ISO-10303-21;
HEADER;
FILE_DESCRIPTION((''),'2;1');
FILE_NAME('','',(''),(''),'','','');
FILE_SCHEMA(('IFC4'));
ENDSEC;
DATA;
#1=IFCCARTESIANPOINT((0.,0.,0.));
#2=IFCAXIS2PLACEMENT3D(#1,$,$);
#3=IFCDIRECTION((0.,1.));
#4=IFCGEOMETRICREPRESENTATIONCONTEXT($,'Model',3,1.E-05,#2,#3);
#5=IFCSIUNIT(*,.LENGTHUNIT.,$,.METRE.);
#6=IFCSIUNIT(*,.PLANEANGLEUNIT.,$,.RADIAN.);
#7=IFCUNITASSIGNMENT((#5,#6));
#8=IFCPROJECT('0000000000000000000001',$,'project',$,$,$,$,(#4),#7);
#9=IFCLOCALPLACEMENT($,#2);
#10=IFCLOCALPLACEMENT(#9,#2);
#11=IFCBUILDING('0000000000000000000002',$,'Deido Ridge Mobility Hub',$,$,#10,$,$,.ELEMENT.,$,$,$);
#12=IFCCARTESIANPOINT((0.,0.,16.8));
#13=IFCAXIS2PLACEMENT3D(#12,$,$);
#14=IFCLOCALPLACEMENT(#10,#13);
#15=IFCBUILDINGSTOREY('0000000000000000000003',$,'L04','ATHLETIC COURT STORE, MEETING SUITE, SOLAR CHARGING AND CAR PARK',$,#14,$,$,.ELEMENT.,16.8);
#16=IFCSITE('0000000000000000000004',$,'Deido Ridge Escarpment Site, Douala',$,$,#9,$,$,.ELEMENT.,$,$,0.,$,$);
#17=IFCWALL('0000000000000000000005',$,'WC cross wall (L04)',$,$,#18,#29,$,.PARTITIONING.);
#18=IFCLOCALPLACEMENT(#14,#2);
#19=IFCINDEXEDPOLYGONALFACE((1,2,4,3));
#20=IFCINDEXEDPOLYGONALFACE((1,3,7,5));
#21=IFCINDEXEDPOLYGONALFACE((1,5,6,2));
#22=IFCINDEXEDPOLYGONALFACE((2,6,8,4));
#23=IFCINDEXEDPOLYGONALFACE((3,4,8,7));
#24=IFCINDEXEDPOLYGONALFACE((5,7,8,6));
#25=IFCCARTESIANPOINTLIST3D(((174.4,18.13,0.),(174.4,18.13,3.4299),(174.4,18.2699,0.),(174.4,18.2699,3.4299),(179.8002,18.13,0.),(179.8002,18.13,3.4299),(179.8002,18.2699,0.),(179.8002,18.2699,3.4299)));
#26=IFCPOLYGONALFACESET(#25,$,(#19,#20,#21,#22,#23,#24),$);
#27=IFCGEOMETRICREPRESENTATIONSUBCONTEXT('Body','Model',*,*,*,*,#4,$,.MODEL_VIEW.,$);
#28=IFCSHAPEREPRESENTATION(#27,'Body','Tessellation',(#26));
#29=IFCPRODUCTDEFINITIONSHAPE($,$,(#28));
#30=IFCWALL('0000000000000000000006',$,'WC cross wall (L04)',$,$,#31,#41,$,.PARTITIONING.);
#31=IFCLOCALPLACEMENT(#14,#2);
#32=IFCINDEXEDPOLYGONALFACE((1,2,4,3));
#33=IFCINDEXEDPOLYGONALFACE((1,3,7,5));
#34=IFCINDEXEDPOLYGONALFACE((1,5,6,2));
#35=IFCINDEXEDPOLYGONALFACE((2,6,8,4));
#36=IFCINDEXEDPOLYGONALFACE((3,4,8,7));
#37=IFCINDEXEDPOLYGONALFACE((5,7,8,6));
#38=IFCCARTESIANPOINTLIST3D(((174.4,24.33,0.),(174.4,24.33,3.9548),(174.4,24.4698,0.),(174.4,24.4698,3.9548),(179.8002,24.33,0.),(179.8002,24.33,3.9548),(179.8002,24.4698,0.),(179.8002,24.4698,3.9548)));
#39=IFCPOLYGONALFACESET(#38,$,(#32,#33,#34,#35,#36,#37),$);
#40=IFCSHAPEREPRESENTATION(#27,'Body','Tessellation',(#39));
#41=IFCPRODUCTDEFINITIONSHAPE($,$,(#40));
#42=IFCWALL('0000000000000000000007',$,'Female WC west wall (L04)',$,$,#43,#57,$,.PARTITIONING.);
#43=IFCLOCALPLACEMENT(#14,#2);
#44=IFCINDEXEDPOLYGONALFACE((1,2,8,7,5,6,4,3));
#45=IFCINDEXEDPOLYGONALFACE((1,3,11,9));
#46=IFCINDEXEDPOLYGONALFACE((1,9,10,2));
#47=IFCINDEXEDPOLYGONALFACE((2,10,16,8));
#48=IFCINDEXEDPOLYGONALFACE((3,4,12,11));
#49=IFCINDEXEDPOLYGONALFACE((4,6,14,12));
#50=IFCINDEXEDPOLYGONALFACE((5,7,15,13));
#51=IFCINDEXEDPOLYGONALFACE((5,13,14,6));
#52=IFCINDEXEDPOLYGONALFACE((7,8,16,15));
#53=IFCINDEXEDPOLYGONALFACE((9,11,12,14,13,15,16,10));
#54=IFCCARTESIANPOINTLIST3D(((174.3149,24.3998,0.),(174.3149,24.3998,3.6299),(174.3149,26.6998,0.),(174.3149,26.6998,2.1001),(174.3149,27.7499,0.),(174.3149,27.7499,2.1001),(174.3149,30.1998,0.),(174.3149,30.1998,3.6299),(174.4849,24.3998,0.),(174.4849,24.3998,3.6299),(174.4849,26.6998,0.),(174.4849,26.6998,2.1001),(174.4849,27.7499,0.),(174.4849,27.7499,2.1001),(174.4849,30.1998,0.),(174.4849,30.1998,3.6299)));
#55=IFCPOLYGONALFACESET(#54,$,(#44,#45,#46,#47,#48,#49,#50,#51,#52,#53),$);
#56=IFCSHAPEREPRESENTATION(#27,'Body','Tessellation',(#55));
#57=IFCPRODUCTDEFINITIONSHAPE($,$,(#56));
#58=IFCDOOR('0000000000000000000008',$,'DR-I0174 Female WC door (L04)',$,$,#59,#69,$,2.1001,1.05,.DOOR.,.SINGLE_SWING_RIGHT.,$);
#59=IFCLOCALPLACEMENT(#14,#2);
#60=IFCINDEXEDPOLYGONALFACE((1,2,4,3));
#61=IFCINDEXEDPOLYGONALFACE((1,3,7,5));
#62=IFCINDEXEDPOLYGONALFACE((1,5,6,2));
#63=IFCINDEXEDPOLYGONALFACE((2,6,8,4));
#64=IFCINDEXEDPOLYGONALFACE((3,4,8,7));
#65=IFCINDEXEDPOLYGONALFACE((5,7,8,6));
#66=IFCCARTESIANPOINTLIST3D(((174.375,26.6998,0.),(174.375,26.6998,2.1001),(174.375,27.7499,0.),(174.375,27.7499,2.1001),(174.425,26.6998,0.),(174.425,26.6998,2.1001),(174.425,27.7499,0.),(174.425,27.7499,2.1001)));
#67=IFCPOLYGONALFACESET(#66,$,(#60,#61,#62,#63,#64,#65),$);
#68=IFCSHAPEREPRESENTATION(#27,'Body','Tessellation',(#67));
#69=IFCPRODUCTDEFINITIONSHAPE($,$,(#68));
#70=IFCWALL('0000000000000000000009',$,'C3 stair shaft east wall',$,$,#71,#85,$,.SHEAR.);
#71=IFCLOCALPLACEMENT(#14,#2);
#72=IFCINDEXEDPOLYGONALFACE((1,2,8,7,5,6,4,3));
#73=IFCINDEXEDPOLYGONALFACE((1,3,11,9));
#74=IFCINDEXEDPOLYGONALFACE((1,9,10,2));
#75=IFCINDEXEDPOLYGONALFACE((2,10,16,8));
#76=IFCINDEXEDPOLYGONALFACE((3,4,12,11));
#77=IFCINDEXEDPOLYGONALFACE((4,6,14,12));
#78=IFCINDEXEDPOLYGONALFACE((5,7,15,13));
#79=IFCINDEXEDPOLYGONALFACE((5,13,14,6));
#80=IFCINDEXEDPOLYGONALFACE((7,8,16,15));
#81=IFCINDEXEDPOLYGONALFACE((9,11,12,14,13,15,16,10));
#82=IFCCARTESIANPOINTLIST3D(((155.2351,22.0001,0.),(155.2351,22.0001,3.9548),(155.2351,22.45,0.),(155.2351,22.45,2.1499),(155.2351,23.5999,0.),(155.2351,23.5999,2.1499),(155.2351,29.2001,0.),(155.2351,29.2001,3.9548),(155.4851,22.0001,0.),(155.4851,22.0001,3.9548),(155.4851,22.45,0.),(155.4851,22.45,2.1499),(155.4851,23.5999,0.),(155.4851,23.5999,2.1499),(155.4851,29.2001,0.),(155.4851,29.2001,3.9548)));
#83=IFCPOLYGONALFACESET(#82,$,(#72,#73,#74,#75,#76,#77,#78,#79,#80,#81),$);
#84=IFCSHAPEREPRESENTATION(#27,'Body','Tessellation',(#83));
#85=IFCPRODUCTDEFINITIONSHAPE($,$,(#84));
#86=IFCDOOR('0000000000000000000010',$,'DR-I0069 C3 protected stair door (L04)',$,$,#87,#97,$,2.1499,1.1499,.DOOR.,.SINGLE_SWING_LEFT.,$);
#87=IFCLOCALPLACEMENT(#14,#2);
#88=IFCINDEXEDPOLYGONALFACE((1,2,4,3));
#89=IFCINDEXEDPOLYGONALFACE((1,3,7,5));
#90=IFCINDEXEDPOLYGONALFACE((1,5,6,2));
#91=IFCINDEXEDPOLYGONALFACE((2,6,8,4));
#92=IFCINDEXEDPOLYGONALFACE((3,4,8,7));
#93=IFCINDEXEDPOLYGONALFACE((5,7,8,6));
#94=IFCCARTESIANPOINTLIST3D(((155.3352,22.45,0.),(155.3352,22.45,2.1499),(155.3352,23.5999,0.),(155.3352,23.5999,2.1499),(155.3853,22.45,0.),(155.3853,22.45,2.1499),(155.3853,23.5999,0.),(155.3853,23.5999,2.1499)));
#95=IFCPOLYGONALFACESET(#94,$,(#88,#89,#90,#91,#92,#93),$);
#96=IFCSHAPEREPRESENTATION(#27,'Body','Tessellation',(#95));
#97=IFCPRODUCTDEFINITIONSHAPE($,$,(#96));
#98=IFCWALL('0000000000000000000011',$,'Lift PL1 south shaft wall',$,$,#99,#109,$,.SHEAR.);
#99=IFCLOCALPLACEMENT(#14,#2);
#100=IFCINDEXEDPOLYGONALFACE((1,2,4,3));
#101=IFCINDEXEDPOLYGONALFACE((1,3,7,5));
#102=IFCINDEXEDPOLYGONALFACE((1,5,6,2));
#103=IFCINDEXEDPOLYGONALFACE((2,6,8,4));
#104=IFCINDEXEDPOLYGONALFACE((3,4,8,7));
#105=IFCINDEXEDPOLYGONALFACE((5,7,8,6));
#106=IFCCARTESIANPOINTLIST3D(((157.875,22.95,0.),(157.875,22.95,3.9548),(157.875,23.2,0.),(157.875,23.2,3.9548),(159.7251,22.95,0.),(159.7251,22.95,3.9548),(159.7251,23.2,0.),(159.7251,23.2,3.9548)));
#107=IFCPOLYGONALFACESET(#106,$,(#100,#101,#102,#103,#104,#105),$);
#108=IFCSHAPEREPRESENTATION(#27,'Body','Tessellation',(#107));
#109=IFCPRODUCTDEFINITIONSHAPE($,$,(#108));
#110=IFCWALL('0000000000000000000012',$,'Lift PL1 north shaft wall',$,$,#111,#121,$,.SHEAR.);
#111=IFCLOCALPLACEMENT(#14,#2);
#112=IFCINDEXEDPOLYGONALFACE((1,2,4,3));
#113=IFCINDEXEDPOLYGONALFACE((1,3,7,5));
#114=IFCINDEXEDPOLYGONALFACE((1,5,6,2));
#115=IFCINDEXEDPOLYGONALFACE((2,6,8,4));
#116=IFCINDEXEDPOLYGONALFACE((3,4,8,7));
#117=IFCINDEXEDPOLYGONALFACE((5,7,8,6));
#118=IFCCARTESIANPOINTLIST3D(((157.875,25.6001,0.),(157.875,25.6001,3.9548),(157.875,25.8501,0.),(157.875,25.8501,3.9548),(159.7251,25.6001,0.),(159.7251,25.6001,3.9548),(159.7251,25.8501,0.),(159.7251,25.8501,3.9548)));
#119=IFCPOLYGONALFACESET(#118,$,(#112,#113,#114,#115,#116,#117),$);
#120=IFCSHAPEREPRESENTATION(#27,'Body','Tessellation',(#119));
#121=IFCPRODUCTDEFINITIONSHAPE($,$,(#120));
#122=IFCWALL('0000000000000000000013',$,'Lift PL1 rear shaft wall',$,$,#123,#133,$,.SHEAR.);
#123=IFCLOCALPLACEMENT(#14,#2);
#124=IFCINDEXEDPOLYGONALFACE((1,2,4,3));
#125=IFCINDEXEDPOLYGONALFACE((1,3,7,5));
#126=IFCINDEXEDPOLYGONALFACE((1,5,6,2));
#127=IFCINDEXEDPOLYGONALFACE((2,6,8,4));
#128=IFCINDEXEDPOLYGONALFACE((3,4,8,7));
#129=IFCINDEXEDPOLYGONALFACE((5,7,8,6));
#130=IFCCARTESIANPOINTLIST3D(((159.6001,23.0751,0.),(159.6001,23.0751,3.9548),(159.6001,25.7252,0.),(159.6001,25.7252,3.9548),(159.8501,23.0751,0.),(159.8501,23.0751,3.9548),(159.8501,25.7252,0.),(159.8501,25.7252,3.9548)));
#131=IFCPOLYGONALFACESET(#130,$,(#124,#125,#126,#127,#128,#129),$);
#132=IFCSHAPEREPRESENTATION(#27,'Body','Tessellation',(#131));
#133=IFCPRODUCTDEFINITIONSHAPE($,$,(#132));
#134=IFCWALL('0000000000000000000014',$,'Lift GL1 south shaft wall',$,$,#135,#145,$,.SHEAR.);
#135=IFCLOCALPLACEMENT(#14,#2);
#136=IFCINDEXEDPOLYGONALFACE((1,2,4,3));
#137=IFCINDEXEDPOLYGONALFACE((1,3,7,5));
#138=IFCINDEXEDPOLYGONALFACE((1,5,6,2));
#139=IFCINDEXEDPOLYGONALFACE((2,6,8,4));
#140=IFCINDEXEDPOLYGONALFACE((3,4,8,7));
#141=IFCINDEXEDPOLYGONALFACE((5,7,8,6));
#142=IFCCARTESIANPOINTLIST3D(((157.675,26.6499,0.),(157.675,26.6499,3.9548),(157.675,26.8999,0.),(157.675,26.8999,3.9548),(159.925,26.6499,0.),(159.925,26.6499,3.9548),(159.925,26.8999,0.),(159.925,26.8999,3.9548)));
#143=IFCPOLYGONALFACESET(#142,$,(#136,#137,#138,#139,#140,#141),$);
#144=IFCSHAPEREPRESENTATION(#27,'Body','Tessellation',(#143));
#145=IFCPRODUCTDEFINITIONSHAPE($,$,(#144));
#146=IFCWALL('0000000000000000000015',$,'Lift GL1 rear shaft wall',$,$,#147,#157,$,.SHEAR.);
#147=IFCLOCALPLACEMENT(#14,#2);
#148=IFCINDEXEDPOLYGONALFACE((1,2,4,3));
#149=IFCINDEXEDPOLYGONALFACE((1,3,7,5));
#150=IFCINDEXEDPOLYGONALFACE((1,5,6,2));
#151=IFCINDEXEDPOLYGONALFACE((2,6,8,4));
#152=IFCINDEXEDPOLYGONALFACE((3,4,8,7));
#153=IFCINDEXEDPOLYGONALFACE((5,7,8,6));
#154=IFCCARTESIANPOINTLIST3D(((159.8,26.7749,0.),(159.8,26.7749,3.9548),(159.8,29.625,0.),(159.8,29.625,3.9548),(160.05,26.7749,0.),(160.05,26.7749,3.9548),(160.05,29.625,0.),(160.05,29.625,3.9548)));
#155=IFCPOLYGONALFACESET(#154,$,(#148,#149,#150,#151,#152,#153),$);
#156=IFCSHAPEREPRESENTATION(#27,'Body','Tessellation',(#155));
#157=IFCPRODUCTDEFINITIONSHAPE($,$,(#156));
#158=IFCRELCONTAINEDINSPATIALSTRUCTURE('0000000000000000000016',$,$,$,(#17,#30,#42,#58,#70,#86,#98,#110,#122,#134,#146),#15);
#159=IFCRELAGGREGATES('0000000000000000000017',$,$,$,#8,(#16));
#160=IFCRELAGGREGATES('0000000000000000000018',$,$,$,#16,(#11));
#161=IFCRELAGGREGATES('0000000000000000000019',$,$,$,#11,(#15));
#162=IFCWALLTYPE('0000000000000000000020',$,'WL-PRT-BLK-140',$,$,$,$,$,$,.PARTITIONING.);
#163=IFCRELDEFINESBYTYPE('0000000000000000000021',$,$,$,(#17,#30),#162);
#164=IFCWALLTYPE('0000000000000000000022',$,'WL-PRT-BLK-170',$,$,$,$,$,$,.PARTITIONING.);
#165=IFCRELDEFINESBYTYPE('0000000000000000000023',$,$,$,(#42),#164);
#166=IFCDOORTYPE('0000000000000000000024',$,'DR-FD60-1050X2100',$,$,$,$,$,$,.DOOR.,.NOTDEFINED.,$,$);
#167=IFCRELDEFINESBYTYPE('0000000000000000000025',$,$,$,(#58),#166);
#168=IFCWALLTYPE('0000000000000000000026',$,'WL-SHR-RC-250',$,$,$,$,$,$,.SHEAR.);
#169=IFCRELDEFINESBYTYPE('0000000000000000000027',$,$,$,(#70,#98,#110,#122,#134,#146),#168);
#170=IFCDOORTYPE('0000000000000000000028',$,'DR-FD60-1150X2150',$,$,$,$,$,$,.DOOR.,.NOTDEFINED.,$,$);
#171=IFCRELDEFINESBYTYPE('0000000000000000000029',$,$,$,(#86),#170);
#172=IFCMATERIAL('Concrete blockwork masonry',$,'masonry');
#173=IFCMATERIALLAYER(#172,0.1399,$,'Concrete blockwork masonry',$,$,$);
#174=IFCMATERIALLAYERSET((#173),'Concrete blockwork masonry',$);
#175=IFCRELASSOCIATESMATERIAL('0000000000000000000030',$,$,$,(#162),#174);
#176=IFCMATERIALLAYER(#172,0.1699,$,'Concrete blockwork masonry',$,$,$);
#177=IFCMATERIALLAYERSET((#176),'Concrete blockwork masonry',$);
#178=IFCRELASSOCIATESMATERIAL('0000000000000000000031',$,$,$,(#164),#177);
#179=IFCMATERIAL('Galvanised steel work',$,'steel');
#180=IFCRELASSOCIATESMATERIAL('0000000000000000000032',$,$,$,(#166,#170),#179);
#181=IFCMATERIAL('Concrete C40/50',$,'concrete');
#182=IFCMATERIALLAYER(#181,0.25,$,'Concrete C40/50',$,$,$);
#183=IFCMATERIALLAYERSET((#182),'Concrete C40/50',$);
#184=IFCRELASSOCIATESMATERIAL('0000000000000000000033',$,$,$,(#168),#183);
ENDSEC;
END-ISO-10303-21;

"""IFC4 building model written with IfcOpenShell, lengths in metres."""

from ifc_helpers import new_model, si_unit, direction, frame, frame_2d, origin, place, context, subcontext, project, spatial, rectangle, extrude, material, layer, layer_set, type_object, element, fill, save


model = new_model("IFC4")

# Units and contexts
model_context = context("Model", 3, precision=1e-05, world=origin(), true_north=direction((0.0, 1.0)))
body_context = subcontext(model_context, "Body", "Model", "MODEL_VIEW")
ifc_project = project(units=[si_unit("LENGTHUNIT", "METRE"), si_unit("PLANEANGLEUNIT", "RADIAN")], contexts=[model_context])

# Site, building, storey
site_placement = place(None, origin())
site = spatial("IfcSite", under=ifc_project, at=site_placement, Name="Deido Ridge Escarpment Site, Douala", CompositionType="ELEMENT", RefElevation=0.0)
building_placement = place(site_placement, origin())
building = spatial("IfcBuilding", under=site, at=building_placement, Name="Deido Ridge Mobility Hub", CompositionType="ELEMENT")
storey_placement = place(building_placement, frame((0.0, 0.0, 16.8)))
storey = spatial("IfcBuildingStorey", under=building, at=storey_placement, Name="L04", Description="ATHLETIC COURT STORE, MEETING SUITE, SOLAR CHARGING AND CAR PARK", CompositionType="ELEMENT", Elevation=16.8)

# Walls
ifc_material_1 = material(Name="Concrete blockwork masonry", Category="masonry")
ifc_layer_1 = layer(ifc_material_1, 0.1399, Name="Concrete blockwork masonry")
ifc_layer_set_1 = layer_set([ifc_layer_1], Name="Concrete blockwork masonry")
wall_type_1 = type_object("IfcWallType", Name="WL-PRT-BLK-140", PredefinedType="PARTITIONING", material=ifc_layer_set_1)
wall_1_placement = place(storey_placement, frame((174.3999, 18.2, 0.0), z_axis=(0.0, 0.0, 1.0), x_axis=(1.0, 0.0, 0.0)))
element("IfcWall", 1, at=wall_1_placement, inside=storey, type_object=wall_type_1, Name="WC cross wall (L04)", PredefinedType="PARTITIONING", context=body_context, shape_type="SweptSolid", body=[
    extrude(rectangle(XDim=5.4001, YDim=0.1399, at=frame_2d((2.7002, 0.0))), origin(), (0.0, 0.0, 1.0), 3.4299),
])
wall_2_placement = place(storey_placement, frame((174.3999, 24.3999, 0.0), z_axis=(0.0, 0.0, 1.0), x_axis=(1.0, 0.0, 0.0)))
element("IfcWall", 2, at=wall_2_placement, inside=storey, type_object=wall_type_1, Name="WC cross wall (L04)", PredefinedType="PARTITIONING", context=body_context, shape_type="SweptSolid", body=[
    extrude(rectangle(XDim=5.4001, YDim=0.1399, at=frame_2d((2.7002, 0.0))), origin(), (0.0, 0.0, 1.0), 3.9548),
])

# Walls, openings, doors
ifc_layer_2 = layer(ifc_material_1, 0.1699, Name="Concrete blockwork masonry")
ifc_layer_set_2 = layer_set([ifc_layer_2], Name="Concrete blockwork masonry")
wall_type_2 = type_object("IfcWallType", Name="WL-PRT-BLK-170", PredefinedType="PARTITIONING", material=ifc_layer_set_2)
wall_3_placement = place(storey_placement, frame((174.3999, 24.3999, 0.0), z_axis=(0.0, 0.0, 1.0), x_axis=(0.0, 1.0, 0.0)))
wall_3 = element("IfcWall", 3, at=wall_3_placement, inside=storey, type_object=wall_type_2, Name="Female WC west wall (L04)", PredefinedType="PARTITIONING", context=body_context, shape_type="SweptSolid", body=[
    extrude(rectangle(XDim=5.8, YDim=0.1699, at=frame_2d((2.8999, 0.0))), origin(), (0.0, 0.0, 1.0), 3.6299),
])
opening_1_placement = place(wall_3_placement, frame((2.3, 0.0, 0.0)))
opening_1 = element("IfcOpeningElement", 4, at=opening_1_placement, cuts=wall_3, PredefinedType="OPENING", context=body_context, shape_type="SweptSolid", body=[
    extrude(rectangle(XDim=1.05, YDim=2.1001, at=frame_2d((0.5249, 1.05))), frame((0.0, 0.095, 0.0), z_axis=(0.0, -1.0, 0.0), x_axis=(1.0, 0.0, 0.0)), (0.0, 0.0, 1.0), 0.1899),
])
ifc_material_2 = material(Name="Galvanised steel work", Category="steel")
door_type_1 = type_object("IfcDoorType", Name="DR-FD60-1050X2100", OperationType="NOTDEFINED", PredefinedType="DOOR", material=ifc_material_2)
door_1_placement = place(opening_1_placement, origin())
door_1 = element("IfcDoor", 5, at=door_1_placement, inside=storey, type_object=door_type_1, Name="DR-I0174 Female WC door (L04)", OperationType="SINGLE_SWING_RIGHT", OverallHeight=2.1001, OverallWidth=1.05, PredefinedType="DOOR", context=body_context, shape_type="SweptSolid", body=[
    extrude(rectangle(XDim=1.05, YDim=2.1001, at=frame_2d((0.5249, 1.05))), frame((0.0, 0.0249, 0.0), z_axis=(0.0, -1.0, 0.0), x_axis=(1.0, 0.0, 0.0)), (0.0, 0.0, 1.0), 0.05),
])
fill(opening_1, door_1)
ifc_material_3 = material(Name="Concrete C40/50", Category="concrete")
ifc_layer_3 = layer(ifc_material_3, 0.25, Name="Concrete C40/50")
ifc_layer_set_3 = layer_set([ifc_layer_3], Name="Concrete C40/50")
wall_type_3 = type_object("IfcWallType", Name="WL-SHR-RC-250", PredefinedType="SHEAR", material=ifc_layer_set_3)
wall_4_placement = place(storey_placement, frame((155.3601, 22.0, 0.0), z_axis=(0.0, 0.0, 1.0), x_axis=(0.0, 1.0, 0.0)))
wall_4 = element("IfcWall", 6, at=wall_4_placement, inside=storey, type_object=wall_type_3, Name="C3 stair shaft east wall", PredefinedType="SHEAR", context=body_context, shape_type="SweptSolid", body=[
    extrude(rectangle(XDim=7.2, YDim=0.25, at=frame_2d((3.6001, 0.0))), origin(), (0.0, 0.0, 1.0), 3.9548),
])
opening_2_placement = place(wall_4_placement, frame((0.45, 0.0, 0.0)))
opening_2 = element("IfcOpeningElement", 7, at=opening_2_placement, cuts=wall_4, PredefinedType="OPENING", context=body_context, shape_type="SweptSolid", body=[
    extrude(rectangle(XDim=1.1499, YDim=2.1499, at=frame_2d((0.575, 1.075))), frame((0.0, 0.135, 0.0), z_axis=(0.0, -1.0, 0.0), x_axis=(1.0, 0.0, 0.0)), (0.0, 0.0, 1.0), 0.27),
])
door_type_2 = type_object("IfcDoorType", Name="DR-FD60-1150X2150", OperationType="NOTDEFINED", PredefinedType="DOOR", material=ifc_material_2)
door_2_placement = place(opening_2_placement, origin())
door_2 = element("IfcDoor", 8, at=door_2_placement, inside=storey, type_object=door_type_2, Name="DR-I0069 C3 protected stair door (L04)", OperationType="SINGLE_SWING_LEFT", OverallHeight=2.1499, OverallWidth=1.1499, PredefinedType="DOOR", context=body_context, shape_type="SweptSolid", body=[
    extrude(rectangle(XDim=1.1499, YDim=2.1499, at=frame_2d((0.575, 1.075))), frame((0.0, 0.0249, 0.0), z_axis=(0.0, -1.0, 0.0), x_axis=(1.0, 0.0, 0.0)), (0.0, 0.0, 1.0), 0.05),
])
fill(opening_2, door_2)

# Walls
for number, where, z_axis, x_axis, name in (
    (9, (157.875, 23.075, 0.0), (0.0, 0.0, 1.0), (1.0, 0.0, 0.0), "Lift PL1 south shaft wall"),
    (10, (157.875, 25.7251, 0.0), (0.0, 0.0, 1.0), (1.0, 0.0, 0.0), "Lift PL1 north shaft wall"),
):
    element("IfcWall", number, at=place(storey_placement, frame(where, z_axis=z_axis, x_axis=x_axis)), inside=storey, type_object=wall_type_3, Name=name, PredefinedType="SHEAR", context=body_context, shape_type="SweptSolid", body=[
        extrude(rectangle(XDim=1.8501, YDim=0.25, at=frame_2d((0.925, 0.0))), origin(), (0.0, 0.0, 1.0), 3.9548),
    ])
wall_5_placement = place(storey_placement, frame((159.7251, 23.075, 0.0), z_axis=(0.0, 0.0, 1.0), x_axis=(0.0, 1.0, 0.0)))
element("IfcWall", 11, at=wall_5_placement, inside=storey, type_object=wall_type_3, Name="Lift PL1 rear shaft wall", PredefinedType="SHEAR", context=body_context, shape_type="SweptSolid", body=[
    extrude(rectangle(XDim=2.6501, YDim=0.25, at=frame_2d((1.3252, 0.0))), origin(), (0.0, 0.0, 1.0), 3.9548),
])

# Walls
wall_6_placement = place(storey_placement, frame((157.675, 26.7749, 0.0), z_axis=(0.0, 0.0, 1.0), x_axis=(1.0, 0.0, 0.0)))
element("IfcWall", 12, at=wall_6_placement, inside=storey, type_object=wall_type_3, Name="Lift GL1 south shaft wall", PredefinedType="SHEAR", context=body_context, shape_type="SweptSolid", body=[
    extrude(rectangle(XDim=2.25, YDim=0.25, at=frame_2d((1.125, 0.0))), origin(), (0.0, 0.0, 1.0), 3.9548),
])
wall_7_placement = place(storey_placement, frame((159.925, 26.7749, 0.0), z_axis=(0.0, 0.0, 1.0), x_axis=(0.0, 1.0, 0.0)))
element("IfcWall", 13, at=wall_7_placement, inside=storey, type_object=wall_type_3, Name="Lift GL1 rear shaft wall", PredefinedType="SHEAR", context=body_context, shape_type="SweptSolid", body=[
    extrude(rectangle(XDim=2.8501, YDim=0.25, at=frame_2d((1.425, 0.0))), origin(), (0.0, 0.0, 1.0), 3.9548),
])

save(model, "model.ifc")
